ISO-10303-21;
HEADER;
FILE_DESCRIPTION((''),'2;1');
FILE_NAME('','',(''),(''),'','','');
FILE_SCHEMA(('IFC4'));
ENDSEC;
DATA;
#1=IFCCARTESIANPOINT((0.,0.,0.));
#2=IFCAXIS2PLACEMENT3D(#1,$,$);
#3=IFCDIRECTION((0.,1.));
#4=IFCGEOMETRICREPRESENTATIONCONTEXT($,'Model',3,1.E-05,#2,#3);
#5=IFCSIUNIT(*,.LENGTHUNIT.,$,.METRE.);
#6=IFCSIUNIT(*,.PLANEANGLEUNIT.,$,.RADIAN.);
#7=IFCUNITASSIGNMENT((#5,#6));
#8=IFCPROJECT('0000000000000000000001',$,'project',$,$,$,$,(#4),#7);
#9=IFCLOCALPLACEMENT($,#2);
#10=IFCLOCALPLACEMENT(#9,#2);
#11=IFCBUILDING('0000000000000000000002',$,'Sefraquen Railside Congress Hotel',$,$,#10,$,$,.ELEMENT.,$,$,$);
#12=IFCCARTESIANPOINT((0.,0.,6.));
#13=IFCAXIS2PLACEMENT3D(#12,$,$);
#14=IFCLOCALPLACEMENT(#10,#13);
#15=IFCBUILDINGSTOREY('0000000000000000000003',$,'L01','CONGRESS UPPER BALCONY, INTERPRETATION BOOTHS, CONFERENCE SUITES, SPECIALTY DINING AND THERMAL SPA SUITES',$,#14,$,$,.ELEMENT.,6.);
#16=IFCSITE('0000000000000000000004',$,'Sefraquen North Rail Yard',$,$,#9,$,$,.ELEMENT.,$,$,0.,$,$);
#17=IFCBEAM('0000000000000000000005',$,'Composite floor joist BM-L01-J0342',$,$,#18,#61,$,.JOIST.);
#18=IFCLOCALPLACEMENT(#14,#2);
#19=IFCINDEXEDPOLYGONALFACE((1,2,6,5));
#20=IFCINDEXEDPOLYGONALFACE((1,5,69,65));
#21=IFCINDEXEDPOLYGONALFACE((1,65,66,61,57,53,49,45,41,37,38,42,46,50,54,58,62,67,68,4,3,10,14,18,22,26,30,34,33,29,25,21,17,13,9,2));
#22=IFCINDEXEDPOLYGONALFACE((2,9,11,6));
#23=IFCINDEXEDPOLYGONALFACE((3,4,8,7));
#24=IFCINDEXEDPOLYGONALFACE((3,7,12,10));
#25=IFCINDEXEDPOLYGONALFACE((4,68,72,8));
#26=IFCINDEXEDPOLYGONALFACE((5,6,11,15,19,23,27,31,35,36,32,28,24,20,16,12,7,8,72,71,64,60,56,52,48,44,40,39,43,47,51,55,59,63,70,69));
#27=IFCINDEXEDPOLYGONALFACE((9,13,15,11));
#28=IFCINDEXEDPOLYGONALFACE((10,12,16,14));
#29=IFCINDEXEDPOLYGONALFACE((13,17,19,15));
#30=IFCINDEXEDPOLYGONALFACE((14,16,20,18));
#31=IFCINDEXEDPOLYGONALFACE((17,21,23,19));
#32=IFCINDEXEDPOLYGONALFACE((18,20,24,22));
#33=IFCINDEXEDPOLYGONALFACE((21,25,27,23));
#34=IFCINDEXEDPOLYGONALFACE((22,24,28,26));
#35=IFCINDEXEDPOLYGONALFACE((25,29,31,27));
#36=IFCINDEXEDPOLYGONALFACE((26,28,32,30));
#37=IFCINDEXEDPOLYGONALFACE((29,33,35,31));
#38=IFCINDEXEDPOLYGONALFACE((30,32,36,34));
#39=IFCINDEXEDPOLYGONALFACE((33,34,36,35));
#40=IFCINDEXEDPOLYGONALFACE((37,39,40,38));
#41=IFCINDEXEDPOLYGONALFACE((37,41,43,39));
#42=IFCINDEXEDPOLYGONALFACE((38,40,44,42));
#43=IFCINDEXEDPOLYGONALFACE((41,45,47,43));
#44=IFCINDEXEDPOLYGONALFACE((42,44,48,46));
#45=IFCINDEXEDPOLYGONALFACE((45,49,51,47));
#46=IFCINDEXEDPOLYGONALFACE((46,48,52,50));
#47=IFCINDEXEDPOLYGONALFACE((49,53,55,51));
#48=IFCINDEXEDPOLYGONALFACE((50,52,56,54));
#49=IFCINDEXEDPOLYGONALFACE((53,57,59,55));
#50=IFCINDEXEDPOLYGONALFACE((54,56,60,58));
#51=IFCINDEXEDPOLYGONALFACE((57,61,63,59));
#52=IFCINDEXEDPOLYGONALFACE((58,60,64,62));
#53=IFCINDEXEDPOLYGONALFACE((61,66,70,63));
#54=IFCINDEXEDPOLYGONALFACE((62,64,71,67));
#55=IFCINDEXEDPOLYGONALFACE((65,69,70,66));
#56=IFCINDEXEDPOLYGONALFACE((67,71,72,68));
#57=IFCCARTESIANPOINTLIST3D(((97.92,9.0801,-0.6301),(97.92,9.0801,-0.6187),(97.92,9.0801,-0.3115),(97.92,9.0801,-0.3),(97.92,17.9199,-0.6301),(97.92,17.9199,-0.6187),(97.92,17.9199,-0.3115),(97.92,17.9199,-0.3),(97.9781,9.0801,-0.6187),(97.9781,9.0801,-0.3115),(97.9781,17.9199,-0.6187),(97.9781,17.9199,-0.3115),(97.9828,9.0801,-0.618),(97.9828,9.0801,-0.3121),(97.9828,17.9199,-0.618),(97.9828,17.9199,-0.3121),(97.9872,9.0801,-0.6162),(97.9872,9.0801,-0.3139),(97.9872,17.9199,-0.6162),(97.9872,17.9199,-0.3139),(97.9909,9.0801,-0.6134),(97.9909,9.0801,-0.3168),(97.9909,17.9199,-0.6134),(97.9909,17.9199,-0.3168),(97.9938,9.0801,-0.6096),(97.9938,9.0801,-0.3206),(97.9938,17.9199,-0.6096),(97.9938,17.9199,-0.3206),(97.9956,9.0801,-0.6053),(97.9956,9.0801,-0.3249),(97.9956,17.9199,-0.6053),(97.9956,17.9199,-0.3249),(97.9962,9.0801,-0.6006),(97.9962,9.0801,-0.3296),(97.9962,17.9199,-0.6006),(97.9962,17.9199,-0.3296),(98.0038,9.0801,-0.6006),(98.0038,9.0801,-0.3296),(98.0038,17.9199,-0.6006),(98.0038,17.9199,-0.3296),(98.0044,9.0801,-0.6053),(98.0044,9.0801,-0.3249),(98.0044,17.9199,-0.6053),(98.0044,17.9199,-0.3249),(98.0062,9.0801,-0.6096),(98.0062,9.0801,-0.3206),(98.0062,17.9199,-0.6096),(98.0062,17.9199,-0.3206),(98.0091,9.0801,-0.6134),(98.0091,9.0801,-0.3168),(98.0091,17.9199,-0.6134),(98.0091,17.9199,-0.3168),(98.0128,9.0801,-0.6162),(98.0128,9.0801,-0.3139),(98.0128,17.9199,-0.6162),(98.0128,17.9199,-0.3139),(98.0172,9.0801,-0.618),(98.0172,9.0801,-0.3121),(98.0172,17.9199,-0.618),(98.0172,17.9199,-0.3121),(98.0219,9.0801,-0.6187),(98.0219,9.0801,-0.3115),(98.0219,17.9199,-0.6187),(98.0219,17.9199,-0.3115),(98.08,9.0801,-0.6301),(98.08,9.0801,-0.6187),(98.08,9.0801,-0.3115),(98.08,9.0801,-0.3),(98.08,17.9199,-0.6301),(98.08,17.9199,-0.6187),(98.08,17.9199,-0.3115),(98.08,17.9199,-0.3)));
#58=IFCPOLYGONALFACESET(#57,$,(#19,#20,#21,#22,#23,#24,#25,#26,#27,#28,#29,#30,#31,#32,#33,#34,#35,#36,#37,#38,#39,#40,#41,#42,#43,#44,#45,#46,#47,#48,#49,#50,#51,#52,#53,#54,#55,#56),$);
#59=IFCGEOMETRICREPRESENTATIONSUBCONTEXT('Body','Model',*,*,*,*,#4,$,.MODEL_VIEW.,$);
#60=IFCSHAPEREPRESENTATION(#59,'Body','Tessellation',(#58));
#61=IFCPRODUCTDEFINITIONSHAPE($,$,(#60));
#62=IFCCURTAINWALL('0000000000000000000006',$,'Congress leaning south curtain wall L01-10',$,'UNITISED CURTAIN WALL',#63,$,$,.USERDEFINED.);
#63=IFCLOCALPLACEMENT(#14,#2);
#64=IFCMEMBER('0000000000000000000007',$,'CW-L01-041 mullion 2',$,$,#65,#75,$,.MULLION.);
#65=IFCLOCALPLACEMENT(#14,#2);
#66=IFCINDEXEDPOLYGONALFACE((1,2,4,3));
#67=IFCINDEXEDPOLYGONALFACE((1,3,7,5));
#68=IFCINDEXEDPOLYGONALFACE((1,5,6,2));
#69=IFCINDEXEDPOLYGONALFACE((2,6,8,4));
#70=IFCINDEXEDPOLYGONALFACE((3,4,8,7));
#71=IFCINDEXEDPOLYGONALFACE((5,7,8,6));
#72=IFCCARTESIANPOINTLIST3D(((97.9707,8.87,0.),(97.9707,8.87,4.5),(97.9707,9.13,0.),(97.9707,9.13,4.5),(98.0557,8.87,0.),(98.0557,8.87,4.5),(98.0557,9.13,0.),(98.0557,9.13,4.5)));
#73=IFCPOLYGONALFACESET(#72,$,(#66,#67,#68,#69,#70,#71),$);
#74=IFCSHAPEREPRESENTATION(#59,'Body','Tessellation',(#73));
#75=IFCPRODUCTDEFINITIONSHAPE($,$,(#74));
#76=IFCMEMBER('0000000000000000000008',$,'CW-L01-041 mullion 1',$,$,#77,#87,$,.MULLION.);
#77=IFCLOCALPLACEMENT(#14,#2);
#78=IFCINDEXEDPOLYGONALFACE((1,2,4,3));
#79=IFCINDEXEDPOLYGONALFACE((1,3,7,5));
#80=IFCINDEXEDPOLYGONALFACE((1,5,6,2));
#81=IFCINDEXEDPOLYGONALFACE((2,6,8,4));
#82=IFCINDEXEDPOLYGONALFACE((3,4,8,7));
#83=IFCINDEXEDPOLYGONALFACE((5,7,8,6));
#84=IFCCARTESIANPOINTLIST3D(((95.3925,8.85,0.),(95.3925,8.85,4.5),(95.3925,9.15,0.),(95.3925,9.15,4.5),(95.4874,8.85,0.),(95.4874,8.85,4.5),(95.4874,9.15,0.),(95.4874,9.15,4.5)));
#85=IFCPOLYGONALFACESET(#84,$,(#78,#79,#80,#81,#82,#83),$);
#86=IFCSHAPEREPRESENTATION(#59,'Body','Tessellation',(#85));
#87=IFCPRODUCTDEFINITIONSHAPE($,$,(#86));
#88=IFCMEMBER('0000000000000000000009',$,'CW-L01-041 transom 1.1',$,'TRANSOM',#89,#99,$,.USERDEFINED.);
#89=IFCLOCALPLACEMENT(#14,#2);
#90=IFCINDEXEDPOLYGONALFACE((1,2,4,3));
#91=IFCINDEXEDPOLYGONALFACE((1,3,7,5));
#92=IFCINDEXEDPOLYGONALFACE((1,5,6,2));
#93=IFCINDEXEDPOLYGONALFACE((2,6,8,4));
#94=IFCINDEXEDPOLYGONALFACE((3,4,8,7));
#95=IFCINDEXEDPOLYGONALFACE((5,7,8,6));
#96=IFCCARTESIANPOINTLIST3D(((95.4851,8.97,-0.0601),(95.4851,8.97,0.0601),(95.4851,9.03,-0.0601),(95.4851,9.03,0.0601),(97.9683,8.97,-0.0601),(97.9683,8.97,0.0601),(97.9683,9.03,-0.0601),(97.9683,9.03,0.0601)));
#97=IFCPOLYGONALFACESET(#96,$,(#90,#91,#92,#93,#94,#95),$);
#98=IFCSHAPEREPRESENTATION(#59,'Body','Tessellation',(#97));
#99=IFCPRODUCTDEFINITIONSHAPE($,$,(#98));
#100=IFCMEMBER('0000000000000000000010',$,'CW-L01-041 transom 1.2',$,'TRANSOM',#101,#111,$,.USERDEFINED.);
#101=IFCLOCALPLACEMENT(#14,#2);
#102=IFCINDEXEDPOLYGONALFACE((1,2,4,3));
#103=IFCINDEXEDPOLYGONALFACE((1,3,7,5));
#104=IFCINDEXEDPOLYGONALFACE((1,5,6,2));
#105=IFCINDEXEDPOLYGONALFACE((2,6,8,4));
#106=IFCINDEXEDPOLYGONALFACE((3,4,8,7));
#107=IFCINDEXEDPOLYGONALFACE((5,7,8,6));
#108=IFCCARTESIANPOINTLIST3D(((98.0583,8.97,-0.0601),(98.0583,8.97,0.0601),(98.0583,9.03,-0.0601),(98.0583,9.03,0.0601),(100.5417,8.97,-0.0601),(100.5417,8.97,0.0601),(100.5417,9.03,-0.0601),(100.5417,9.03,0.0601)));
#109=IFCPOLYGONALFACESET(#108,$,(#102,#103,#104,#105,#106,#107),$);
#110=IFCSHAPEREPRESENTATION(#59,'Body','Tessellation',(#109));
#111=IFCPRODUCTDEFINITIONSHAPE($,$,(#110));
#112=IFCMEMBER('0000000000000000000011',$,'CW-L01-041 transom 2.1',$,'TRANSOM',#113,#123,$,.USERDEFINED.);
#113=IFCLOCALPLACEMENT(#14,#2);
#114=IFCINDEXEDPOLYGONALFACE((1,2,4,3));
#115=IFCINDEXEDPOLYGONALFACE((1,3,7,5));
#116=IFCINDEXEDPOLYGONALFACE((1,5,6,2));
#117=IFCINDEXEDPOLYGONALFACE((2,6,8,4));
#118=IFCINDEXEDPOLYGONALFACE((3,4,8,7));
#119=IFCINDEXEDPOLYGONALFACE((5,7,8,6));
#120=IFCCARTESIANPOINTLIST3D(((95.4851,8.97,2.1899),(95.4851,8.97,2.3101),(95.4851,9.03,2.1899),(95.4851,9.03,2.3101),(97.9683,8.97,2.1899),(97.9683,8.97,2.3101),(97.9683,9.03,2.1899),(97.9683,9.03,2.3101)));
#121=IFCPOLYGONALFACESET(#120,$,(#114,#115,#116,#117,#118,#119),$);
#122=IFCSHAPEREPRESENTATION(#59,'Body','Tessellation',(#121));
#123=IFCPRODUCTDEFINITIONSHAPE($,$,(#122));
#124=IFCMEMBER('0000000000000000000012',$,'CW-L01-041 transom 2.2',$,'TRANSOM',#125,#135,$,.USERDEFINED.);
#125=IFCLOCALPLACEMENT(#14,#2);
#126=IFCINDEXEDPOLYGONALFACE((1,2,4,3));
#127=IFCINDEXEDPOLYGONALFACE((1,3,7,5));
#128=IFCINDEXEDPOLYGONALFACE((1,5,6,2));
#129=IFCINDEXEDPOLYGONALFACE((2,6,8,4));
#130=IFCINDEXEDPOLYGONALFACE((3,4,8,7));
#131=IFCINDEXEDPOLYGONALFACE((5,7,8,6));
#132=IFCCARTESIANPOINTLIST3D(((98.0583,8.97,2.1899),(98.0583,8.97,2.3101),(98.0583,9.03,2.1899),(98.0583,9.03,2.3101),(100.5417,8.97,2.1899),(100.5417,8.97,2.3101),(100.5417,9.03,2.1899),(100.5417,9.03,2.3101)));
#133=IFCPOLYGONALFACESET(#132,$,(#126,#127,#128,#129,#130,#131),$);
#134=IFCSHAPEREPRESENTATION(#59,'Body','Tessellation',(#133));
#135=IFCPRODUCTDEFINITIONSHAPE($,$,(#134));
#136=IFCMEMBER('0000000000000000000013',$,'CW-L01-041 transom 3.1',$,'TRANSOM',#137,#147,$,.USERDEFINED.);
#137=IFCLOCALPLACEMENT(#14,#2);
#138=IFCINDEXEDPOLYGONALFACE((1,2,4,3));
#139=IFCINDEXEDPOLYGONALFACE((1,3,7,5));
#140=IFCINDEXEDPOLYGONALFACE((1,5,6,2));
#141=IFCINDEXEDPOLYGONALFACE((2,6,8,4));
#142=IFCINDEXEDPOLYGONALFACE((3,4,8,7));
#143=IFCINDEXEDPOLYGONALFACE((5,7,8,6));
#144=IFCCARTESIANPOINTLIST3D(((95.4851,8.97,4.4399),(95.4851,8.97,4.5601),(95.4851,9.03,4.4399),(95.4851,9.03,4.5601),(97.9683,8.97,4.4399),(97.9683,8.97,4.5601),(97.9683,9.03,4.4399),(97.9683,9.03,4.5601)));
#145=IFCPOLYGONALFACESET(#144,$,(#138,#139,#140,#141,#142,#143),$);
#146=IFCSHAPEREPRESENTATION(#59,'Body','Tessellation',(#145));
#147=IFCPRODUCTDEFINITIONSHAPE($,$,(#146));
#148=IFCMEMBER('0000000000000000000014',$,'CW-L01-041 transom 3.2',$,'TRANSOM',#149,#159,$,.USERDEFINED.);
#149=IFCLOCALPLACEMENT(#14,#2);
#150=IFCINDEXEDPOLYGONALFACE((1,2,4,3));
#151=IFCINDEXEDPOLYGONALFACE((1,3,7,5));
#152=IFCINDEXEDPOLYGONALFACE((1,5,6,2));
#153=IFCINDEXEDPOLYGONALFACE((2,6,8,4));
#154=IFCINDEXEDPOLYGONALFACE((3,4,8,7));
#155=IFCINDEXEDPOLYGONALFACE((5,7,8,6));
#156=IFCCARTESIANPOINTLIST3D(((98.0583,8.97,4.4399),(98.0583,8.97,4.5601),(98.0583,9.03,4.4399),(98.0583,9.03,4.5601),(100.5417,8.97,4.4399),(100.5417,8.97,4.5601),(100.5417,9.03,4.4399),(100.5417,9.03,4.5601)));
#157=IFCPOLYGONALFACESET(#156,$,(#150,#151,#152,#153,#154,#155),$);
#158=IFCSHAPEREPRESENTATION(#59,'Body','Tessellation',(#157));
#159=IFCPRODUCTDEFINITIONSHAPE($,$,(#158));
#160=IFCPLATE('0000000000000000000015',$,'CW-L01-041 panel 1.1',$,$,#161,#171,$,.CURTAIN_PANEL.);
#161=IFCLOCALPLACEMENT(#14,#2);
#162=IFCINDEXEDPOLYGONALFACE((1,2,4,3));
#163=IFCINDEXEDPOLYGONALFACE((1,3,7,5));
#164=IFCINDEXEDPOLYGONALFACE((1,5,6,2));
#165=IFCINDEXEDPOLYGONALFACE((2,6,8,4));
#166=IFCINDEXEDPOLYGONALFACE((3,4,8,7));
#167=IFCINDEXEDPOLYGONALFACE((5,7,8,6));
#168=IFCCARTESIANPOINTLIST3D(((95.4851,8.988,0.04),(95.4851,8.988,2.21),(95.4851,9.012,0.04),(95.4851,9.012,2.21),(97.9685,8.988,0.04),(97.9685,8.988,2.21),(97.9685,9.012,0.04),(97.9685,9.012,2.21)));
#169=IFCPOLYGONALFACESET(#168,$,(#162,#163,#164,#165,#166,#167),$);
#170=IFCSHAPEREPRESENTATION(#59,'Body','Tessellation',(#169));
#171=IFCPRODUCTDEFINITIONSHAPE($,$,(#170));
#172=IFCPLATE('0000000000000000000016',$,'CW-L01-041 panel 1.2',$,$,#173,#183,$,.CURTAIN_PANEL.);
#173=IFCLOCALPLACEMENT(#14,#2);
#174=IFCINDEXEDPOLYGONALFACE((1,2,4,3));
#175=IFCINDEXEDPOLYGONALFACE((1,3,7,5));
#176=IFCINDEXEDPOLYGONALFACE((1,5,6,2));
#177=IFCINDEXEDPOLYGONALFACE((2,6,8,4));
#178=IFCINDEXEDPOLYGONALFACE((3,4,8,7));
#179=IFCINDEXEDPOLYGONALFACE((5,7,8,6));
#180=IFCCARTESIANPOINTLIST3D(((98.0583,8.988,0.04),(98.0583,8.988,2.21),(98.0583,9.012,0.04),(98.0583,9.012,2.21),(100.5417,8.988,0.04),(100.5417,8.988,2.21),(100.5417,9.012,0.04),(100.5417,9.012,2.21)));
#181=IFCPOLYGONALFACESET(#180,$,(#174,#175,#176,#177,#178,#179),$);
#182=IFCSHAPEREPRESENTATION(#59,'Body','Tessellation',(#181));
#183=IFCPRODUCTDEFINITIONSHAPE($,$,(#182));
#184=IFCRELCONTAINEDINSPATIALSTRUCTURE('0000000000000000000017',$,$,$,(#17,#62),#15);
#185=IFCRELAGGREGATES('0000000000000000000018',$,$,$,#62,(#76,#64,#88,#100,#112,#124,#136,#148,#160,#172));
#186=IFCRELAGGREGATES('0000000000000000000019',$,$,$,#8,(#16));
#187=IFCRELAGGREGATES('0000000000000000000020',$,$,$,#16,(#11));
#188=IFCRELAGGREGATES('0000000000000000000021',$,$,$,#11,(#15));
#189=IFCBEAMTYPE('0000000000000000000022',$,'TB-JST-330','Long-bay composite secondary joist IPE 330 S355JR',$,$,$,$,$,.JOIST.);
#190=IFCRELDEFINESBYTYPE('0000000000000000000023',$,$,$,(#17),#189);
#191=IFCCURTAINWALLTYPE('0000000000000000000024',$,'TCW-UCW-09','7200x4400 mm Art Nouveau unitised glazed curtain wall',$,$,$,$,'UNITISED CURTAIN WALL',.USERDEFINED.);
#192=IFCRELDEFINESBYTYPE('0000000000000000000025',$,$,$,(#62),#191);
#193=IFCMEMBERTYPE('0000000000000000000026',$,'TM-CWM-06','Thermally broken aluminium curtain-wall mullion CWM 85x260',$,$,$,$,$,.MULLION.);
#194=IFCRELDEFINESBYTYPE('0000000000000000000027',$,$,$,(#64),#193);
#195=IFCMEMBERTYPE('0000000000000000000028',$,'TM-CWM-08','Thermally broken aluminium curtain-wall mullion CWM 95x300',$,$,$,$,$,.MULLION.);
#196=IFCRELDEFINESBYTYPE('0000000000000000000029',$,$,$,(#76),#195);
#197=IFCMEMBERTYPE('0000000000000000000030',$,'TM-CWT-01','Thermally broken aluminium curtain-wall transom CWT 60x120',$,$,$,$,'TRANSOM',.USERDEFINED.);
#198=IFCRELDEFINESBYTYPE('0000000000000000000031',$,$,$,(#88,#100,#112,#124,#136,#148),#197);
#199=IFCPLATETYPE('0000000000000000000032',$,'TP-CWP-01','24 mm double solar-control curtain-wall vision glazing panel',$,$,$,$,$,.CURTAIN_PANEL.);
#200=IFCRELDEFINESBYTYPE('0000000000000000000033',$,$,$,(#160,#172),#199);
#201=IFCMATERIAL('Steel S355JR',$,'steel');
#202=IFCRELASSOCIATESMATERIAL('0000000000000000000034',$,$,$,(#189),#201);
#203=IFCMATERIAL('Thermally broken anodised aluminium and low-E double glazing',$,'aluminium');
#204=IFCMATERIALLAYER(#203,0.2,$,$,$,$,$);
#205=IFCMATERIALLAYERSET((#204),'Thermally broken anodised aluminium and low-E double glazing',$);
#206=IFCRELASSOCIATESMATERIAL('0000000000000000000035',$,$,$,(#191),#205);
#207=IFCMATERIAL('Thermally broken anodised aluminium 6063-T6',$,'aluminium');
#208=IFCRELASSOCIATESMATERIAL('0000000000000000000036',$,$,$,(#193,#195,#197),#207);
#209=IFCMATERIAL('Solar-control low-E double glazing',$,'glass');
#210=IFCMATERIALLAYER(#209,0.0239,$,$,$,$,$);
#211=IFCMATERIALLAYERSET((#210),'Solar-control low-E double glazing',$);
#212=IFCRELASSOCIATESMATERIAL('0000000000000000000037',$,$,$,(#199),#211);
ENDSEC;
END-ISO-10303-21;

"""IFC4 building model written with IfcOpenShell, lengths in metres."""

from ifc_helpers import new_model, si_unit, direction, frame, origin, origin_2d, place, context, subcontext, project, spatial, rectangle, i_section, extrude, material, layer, layer_set, material_profile, profile_set, type_object, element, aggregate, save


model = new_model("IFC4")

# Units and contexts
model_context = context("Model", 3, precision=1e-05, world=origin(), true_north=direction((0.0, 1.0)))
body_context = subcontext(model_context, "Body", "Model", "MODEL_VIEW")
ifc_project = project(units=[si_unit("LENGTHUNIT", "METRE"), si_unit("PLANEANGLEUNIT", "RADIAN")], contexts=[model_context])

# Site, building, storey
site_placement = place(None, origin())
site = spatial("IfcSite", under=ifc_project, at=site_placement, Name="Sefraquen North Rail Yard", CompositionType="ELEMENT", RefElevation=0.0)
building_placement = place(site_placement, origin())
building = spatial("IfcBuilding", under=site, at=building_placement, Name="Sefraquen Railside Congress Hotel", CompositionType="ELEMENT")
storey_placement = place(building_placement, frame((0.0, 0.0, 6.0)))
storey = spatial("IfcBuildingStorey", under=building, at=storey_placement, Name="L01", Description="CONGRESS UPPER BALCONY, INTERPRETATION BOOTHS, CONFERENCE SUITES, SPECIALTY DINING AND THERMAL SPA SUITES", CompositionType="ELEMENT", Elevation=6.0)

# Shared definitions
ifc_material_1 = material(Name="Steel S355JR", Category="steel")

# Beam
ifc_material_profile_1 = material_profile(ifc_material_1, i_section(OverallWidth=0.1599, OverallDepth=0.3301, WebThickness=0.0076, FlangeThickness=0.0115, FilletRadius=0.0181, at=origin_2d()), Name="IPE 330")
ifc_profile_set_1 = profile_set([ifc_material_profile_1], Name="Steel S355JR")
beam_type_1 = type_object("IfcBeamType", Name="TB-JST-330", Description="Long-bay composite secondary joist IPE 330 S355JR", PredefinedType="JOIST", material=ifc_profile_set_1)
beam_placement = place(storey_placement, frame((98.0, 9.0801, -0.4651), z_axis=(0.0, 1.0, 0.0), x_axis=(-1.0, 0.0, 0.0)))
element("IfcBeam", 1, at=beam_placement, inside=storey, type_object=beam_type_1, Name="Composite floor joist BM-L01-J0342", PredefinedType="JOIST", context=body_context, shape_type="SweptSolid", body=[
    extrude(i_section(OverallWidth=0.1599, OverallDepth=0.3301, WebThickness=0.0076, FlangeThickness=0.0115, FilletRadius=0.0181, at=origin_2d()), origin(), (0.0, 0.0, 1.0), 8.8398),
])

# Curtain wall, members, plates
ifc_material_2 = material(Name="Thermally broken anodised aluminium and low-E double glazing", Category="aluminium")
ifc_layer_1 = layer(ifc_material_2, 0.2)
ifc_layer_set_1 = layer_set([ifc_layer_1], Name="Thermally broken anodised aluminium and low-E double glazing")
curtain_wall_type = type_object("IfcCurtainWallType", Name="TCW-UCW-09", Description="7200x4400 mm Art Nouveau unitised glazed curtain wall", ElementType="UNITISED CURTAIN WALL", PredefinedType="USERDEFINED", material=ifc_layer_set_1)
curtain_wall_placement = place(storey_placement, origin())
curtain_wall = element("IfcCurtainWall", 2, at=curtain_wall_placement, inside=storey, type_object=curtain_wall_type, Name="Congress leaning south curtain wall L01-10", ObjectType="UNITISED CURTAIN WALL", PredefinedType="USERDEFINED")
ifc_material_3 = material(Name="Thermally broken anodised aluminium 6063-T6", Category="aluminium")
ifc_material_profile_2 = material_profile(ifc_material_3, rectangle(XDim=0.085, YDim=0.26, at=origin_2d()), Name="CWM 85x260")
ifc_profile_set_2 = profile_set([ifc_material_profile_2], Name="Thermally broken anodised aluminium 6063-T6")
member_type_1 = type_object("IfcMemberType", Name="TM-CWM-06", Description="Thermally broken aluminium curtain-wall mullion CWM 85x260", PredefinedType="MULLION", material=ifc_profile_set_2)
member_1_placement = place(storey_placement, frame((98.0132, 9.0, 0.0), z_axis=(0.0, 0.0, 1.0), x_axis=(1.0, 0.0, 0.0)))
member_1 = element("IfcMember", 3, at=member_1_placement, type_object=member_type_1, Name="CW-L01-041 mullion 2", PredefinedType="MULLION", context=body_context, shape_type="SweptSolid", body=[
    extrude(rectangle(XDim=0.085, YDim=0.26, at=origin_2d()), origin(), (0.0, 0.0, 1.0), 4.5),
])
ifc_material_profile_3 = material_profile(ifc_material_3, rectangle(XDim=0.095, YDim=0.3, at=origin_2d()), Name="CWM 95x300")
ifc_profile_set_3 = profile_set([ifc_material_profile_3], Name="Thermally broken anodised aluminium 6063-T6")
member_type_2 = type_object("IfcMemberType", Name="TM-CWM-08", Description="Thermally broken aluminium curtain-wall mullion CWM 95x300", PredefinedType="MULLION", material=ifc_profile_set_3)
member_2_placement = place(storey_placement, frame((95.4399, 9.0, 0.0), z_axis=(0.0, 0.0, 1.0), x_axis=(1.0, 0.0, 0.0)))
member_2 = element("IfcMember", 4, at=member_2_placement, type_object=member_type_2, Name="CW-L01-041 mullion 1", PredefinedType="MULLION", context=body_context, shape_type="SweptSolid", body=[
    extrude(rectangle(XDim=0.095, YDim=0.3, at=origin_2d()), origin(), (0.0, 0.0, 1.0), 4.5),
])
ifc_material_profile_4 = material_profile(ifc_material_3, rectangle(XDim=0.0601, YDim=0.1201, at=origin_2d()), Name="CWT 60x120")
ifc_profile_set_4 = profile_set([ifc_material_profile_4], Name="Thermally broken anodised aluminium 6063-T6")
member_type_3 = type_object("IfcMemberType", Name="TM-CWT-01", Description="Thermally broken aluminium curtain-wall transom CWT 60x120", ElementType="TRANSOM", PredefinedType="USERDEFINED", material=ifc_profile_set_4)
member_3_placement = place(storey_placement, frame((95.4851, 9.0, 0.0), z_axis=(1.0, 0.0, 0.0), x_axis=(0.0, 1.0, 0.0)))
member_3 = element("IfcMember", 5, at=member_3_placement, type_object=member_type_3, Name="CW-L01-041 transom 1.1", ObjectType="TRANSOM", PredefinedType="USERDEFINED", context=body_context, shape_type="SweptSolid", body=[
    extrude(rectangle(XDim=0.0601, YDim=0.1201, at=origin_2d()), origin(), (0.0, 0.0, 1.0), 2.4832),
])
member_4_placement = place(storey_placement, frame((98.0583, 9.0, 0.0), z_axis=(1.0, 0.0, 0.0), x_axis=(0.0, 1.0, 0.0)))
member_4 = element("IfcMember", 6, at=member_4_placement, type_object=member_type_3, Name="CW-L01-041 transom 1.2", ObjectType="TRANSOM", PredefinedType="USERDEFINED", context=body_context, shape_type="SweptSolid", body=[
    extrude(rectangle(XDim=0.0601, YDim=0.1201, at=origin_2d()), origin(), (0.0, 0.0, 1.0), 2.4834),
])
member_5_placement = place(storey_placement, frame((95.4851, 9.0, 2.25), z_axis=(1.0, 0.0, 0.0), x_axis=(0.0, 1.0, 0.0)))
member_5 = element("IfcMember", 7, at=member_5_placement, type_object=member_type_3, Name="CW-L01-041 transom 2.1", ObjectType="TRANSOM", PredefinedType="USERDEFINED", context=body_context, shape_type="SweptSolid", body=[
    extrude(rectangle(XDim=0.0601, YDim=0.1201, at=origin_2d()), origin(), (0.0, 0.0, 1.0), 2.4832),
])
member_6_placement = place(storey_placement, frame((98.0583, 9.0, 2.25), z_axis=(1.0, 0.0, 0.0), x_axis=(0.0, 1.0, 0.0)))
member_6 = element("IfcMember", 8, at=member_6_placement, type_object=member_type_3, Name="CW-L01-041 transom 2.2", ObjectType="TRANSOM", PredefinedType="USERDEFINED", context=body_context, shape_type="SweptSolid", body=[
    extrude(rectangle(XDim=0.0601, YDim=0.1201, at=origin_2d()), origin(), (0.0, 0.0, 1.0), 2.4834),
])
member_7_placement = place(storey_placement, frame((95.4851, 9.0, 4.5), z_axis=(1.0, 0.0, 0.0), x_axis=(0.0, 1.0, 0.0)))
member_7 = element("IfcMember", 9, at=member_7_placement, type_object=member_type_3, Name="CW-L01-041 transom 3.1", ObjectType="TRANSOM", PredefinedType="USERDEFINED", context=body_context, shape_type="SweptSolid", body=[
    extrude(rectangle(XDim=0.0601, YDim=0.1201, at=origin_2d()), origin(), (0.0, 0.0, 1.0), 2.4832),
])
member_8_placement = place(storey_placement, frame((98.0583, 9.0, 4.5), z_axis=(1.0, 0.0, 0.0), x_axis=(0.0, 1.0, 0.0)))
member_8 = element("IfcMember", 10, at=member_8_placement, type_object=member_type_3, Name="CW-L01-041 transom 3.2", ObjectType="TRANSOM", PredefinedType="USERDEFINED", context=body_context, shape_type="SweptSolid", body=[
    extrude(rectangle(XDim=0.0601, YDim=0.1201, at=origin_2d()), origin(), (0.0, 0.0, 1.0), 2.4834),
])
ifc_material_4 = material(Name="Solar-control low-E double glazing", Category="glass")
ifc_layer_2 = layer(ifc_material_4, 0.0239)
ifc_layer_set_2 = layer_set([ifc_layer_2], Name="Solar-control low-E double glazing")
plate_type_1 = type_object("IfcPlateType", Name="TP-CWP-01", Description="24 mm double solar-control curtain-wall vision glazing panel", PredefinedType="CURTAIN_PANEL", material=ifc_layer_set_2)
plate_1_placement = place(storey_placement, frame((96.7268, 9.0, 0.04), z_axis=(0.0, 0.0, 1.0), x_axis=(1.0, 0.0, 0.0)))
plate_1 = element("IfcPlate", 11, at=plate_1_placement, type_object=plate_type_1, Name="CW-L01-041 panel 1.1", PredefinedType="CURTAIN_PANEL", context=body_context, shape_type="SweptSolid", body=[
    extrude(rectangle(XDim=2.4834, YDim=0.0239, at=origin_2d()), origin(), (0.0, 0.0, 1.0), 2.1699),
])
plate_2_placement = place(storey_placement, frame((99.3, 9.0, 0.04), z_axis=(0.0, 0.0, 1.0), x_axis=(1.0, 0.0, 0.0)))
plate_2 = element("IfcPlate", 12, at=plate_2_placement, type_object=plate_type_1, Name="CW-L01-041 panel 1.2", PredefinedType="CURTAIN_PANEL", context=body_context, shape_type="SweptSolid", body=[
    extrude(rectangle(XDim=2.4834, YDim=0.0239, at=origin_2d()), origin(), (0.0, 0.0, 1.0), 2.1699),
])
aggregate(curtain_wall, [member_2, member_1, member_3, member_4, member_5, member_6, member_7, member_8, plate_1, plate_2])

save(model, "model.ifc")
